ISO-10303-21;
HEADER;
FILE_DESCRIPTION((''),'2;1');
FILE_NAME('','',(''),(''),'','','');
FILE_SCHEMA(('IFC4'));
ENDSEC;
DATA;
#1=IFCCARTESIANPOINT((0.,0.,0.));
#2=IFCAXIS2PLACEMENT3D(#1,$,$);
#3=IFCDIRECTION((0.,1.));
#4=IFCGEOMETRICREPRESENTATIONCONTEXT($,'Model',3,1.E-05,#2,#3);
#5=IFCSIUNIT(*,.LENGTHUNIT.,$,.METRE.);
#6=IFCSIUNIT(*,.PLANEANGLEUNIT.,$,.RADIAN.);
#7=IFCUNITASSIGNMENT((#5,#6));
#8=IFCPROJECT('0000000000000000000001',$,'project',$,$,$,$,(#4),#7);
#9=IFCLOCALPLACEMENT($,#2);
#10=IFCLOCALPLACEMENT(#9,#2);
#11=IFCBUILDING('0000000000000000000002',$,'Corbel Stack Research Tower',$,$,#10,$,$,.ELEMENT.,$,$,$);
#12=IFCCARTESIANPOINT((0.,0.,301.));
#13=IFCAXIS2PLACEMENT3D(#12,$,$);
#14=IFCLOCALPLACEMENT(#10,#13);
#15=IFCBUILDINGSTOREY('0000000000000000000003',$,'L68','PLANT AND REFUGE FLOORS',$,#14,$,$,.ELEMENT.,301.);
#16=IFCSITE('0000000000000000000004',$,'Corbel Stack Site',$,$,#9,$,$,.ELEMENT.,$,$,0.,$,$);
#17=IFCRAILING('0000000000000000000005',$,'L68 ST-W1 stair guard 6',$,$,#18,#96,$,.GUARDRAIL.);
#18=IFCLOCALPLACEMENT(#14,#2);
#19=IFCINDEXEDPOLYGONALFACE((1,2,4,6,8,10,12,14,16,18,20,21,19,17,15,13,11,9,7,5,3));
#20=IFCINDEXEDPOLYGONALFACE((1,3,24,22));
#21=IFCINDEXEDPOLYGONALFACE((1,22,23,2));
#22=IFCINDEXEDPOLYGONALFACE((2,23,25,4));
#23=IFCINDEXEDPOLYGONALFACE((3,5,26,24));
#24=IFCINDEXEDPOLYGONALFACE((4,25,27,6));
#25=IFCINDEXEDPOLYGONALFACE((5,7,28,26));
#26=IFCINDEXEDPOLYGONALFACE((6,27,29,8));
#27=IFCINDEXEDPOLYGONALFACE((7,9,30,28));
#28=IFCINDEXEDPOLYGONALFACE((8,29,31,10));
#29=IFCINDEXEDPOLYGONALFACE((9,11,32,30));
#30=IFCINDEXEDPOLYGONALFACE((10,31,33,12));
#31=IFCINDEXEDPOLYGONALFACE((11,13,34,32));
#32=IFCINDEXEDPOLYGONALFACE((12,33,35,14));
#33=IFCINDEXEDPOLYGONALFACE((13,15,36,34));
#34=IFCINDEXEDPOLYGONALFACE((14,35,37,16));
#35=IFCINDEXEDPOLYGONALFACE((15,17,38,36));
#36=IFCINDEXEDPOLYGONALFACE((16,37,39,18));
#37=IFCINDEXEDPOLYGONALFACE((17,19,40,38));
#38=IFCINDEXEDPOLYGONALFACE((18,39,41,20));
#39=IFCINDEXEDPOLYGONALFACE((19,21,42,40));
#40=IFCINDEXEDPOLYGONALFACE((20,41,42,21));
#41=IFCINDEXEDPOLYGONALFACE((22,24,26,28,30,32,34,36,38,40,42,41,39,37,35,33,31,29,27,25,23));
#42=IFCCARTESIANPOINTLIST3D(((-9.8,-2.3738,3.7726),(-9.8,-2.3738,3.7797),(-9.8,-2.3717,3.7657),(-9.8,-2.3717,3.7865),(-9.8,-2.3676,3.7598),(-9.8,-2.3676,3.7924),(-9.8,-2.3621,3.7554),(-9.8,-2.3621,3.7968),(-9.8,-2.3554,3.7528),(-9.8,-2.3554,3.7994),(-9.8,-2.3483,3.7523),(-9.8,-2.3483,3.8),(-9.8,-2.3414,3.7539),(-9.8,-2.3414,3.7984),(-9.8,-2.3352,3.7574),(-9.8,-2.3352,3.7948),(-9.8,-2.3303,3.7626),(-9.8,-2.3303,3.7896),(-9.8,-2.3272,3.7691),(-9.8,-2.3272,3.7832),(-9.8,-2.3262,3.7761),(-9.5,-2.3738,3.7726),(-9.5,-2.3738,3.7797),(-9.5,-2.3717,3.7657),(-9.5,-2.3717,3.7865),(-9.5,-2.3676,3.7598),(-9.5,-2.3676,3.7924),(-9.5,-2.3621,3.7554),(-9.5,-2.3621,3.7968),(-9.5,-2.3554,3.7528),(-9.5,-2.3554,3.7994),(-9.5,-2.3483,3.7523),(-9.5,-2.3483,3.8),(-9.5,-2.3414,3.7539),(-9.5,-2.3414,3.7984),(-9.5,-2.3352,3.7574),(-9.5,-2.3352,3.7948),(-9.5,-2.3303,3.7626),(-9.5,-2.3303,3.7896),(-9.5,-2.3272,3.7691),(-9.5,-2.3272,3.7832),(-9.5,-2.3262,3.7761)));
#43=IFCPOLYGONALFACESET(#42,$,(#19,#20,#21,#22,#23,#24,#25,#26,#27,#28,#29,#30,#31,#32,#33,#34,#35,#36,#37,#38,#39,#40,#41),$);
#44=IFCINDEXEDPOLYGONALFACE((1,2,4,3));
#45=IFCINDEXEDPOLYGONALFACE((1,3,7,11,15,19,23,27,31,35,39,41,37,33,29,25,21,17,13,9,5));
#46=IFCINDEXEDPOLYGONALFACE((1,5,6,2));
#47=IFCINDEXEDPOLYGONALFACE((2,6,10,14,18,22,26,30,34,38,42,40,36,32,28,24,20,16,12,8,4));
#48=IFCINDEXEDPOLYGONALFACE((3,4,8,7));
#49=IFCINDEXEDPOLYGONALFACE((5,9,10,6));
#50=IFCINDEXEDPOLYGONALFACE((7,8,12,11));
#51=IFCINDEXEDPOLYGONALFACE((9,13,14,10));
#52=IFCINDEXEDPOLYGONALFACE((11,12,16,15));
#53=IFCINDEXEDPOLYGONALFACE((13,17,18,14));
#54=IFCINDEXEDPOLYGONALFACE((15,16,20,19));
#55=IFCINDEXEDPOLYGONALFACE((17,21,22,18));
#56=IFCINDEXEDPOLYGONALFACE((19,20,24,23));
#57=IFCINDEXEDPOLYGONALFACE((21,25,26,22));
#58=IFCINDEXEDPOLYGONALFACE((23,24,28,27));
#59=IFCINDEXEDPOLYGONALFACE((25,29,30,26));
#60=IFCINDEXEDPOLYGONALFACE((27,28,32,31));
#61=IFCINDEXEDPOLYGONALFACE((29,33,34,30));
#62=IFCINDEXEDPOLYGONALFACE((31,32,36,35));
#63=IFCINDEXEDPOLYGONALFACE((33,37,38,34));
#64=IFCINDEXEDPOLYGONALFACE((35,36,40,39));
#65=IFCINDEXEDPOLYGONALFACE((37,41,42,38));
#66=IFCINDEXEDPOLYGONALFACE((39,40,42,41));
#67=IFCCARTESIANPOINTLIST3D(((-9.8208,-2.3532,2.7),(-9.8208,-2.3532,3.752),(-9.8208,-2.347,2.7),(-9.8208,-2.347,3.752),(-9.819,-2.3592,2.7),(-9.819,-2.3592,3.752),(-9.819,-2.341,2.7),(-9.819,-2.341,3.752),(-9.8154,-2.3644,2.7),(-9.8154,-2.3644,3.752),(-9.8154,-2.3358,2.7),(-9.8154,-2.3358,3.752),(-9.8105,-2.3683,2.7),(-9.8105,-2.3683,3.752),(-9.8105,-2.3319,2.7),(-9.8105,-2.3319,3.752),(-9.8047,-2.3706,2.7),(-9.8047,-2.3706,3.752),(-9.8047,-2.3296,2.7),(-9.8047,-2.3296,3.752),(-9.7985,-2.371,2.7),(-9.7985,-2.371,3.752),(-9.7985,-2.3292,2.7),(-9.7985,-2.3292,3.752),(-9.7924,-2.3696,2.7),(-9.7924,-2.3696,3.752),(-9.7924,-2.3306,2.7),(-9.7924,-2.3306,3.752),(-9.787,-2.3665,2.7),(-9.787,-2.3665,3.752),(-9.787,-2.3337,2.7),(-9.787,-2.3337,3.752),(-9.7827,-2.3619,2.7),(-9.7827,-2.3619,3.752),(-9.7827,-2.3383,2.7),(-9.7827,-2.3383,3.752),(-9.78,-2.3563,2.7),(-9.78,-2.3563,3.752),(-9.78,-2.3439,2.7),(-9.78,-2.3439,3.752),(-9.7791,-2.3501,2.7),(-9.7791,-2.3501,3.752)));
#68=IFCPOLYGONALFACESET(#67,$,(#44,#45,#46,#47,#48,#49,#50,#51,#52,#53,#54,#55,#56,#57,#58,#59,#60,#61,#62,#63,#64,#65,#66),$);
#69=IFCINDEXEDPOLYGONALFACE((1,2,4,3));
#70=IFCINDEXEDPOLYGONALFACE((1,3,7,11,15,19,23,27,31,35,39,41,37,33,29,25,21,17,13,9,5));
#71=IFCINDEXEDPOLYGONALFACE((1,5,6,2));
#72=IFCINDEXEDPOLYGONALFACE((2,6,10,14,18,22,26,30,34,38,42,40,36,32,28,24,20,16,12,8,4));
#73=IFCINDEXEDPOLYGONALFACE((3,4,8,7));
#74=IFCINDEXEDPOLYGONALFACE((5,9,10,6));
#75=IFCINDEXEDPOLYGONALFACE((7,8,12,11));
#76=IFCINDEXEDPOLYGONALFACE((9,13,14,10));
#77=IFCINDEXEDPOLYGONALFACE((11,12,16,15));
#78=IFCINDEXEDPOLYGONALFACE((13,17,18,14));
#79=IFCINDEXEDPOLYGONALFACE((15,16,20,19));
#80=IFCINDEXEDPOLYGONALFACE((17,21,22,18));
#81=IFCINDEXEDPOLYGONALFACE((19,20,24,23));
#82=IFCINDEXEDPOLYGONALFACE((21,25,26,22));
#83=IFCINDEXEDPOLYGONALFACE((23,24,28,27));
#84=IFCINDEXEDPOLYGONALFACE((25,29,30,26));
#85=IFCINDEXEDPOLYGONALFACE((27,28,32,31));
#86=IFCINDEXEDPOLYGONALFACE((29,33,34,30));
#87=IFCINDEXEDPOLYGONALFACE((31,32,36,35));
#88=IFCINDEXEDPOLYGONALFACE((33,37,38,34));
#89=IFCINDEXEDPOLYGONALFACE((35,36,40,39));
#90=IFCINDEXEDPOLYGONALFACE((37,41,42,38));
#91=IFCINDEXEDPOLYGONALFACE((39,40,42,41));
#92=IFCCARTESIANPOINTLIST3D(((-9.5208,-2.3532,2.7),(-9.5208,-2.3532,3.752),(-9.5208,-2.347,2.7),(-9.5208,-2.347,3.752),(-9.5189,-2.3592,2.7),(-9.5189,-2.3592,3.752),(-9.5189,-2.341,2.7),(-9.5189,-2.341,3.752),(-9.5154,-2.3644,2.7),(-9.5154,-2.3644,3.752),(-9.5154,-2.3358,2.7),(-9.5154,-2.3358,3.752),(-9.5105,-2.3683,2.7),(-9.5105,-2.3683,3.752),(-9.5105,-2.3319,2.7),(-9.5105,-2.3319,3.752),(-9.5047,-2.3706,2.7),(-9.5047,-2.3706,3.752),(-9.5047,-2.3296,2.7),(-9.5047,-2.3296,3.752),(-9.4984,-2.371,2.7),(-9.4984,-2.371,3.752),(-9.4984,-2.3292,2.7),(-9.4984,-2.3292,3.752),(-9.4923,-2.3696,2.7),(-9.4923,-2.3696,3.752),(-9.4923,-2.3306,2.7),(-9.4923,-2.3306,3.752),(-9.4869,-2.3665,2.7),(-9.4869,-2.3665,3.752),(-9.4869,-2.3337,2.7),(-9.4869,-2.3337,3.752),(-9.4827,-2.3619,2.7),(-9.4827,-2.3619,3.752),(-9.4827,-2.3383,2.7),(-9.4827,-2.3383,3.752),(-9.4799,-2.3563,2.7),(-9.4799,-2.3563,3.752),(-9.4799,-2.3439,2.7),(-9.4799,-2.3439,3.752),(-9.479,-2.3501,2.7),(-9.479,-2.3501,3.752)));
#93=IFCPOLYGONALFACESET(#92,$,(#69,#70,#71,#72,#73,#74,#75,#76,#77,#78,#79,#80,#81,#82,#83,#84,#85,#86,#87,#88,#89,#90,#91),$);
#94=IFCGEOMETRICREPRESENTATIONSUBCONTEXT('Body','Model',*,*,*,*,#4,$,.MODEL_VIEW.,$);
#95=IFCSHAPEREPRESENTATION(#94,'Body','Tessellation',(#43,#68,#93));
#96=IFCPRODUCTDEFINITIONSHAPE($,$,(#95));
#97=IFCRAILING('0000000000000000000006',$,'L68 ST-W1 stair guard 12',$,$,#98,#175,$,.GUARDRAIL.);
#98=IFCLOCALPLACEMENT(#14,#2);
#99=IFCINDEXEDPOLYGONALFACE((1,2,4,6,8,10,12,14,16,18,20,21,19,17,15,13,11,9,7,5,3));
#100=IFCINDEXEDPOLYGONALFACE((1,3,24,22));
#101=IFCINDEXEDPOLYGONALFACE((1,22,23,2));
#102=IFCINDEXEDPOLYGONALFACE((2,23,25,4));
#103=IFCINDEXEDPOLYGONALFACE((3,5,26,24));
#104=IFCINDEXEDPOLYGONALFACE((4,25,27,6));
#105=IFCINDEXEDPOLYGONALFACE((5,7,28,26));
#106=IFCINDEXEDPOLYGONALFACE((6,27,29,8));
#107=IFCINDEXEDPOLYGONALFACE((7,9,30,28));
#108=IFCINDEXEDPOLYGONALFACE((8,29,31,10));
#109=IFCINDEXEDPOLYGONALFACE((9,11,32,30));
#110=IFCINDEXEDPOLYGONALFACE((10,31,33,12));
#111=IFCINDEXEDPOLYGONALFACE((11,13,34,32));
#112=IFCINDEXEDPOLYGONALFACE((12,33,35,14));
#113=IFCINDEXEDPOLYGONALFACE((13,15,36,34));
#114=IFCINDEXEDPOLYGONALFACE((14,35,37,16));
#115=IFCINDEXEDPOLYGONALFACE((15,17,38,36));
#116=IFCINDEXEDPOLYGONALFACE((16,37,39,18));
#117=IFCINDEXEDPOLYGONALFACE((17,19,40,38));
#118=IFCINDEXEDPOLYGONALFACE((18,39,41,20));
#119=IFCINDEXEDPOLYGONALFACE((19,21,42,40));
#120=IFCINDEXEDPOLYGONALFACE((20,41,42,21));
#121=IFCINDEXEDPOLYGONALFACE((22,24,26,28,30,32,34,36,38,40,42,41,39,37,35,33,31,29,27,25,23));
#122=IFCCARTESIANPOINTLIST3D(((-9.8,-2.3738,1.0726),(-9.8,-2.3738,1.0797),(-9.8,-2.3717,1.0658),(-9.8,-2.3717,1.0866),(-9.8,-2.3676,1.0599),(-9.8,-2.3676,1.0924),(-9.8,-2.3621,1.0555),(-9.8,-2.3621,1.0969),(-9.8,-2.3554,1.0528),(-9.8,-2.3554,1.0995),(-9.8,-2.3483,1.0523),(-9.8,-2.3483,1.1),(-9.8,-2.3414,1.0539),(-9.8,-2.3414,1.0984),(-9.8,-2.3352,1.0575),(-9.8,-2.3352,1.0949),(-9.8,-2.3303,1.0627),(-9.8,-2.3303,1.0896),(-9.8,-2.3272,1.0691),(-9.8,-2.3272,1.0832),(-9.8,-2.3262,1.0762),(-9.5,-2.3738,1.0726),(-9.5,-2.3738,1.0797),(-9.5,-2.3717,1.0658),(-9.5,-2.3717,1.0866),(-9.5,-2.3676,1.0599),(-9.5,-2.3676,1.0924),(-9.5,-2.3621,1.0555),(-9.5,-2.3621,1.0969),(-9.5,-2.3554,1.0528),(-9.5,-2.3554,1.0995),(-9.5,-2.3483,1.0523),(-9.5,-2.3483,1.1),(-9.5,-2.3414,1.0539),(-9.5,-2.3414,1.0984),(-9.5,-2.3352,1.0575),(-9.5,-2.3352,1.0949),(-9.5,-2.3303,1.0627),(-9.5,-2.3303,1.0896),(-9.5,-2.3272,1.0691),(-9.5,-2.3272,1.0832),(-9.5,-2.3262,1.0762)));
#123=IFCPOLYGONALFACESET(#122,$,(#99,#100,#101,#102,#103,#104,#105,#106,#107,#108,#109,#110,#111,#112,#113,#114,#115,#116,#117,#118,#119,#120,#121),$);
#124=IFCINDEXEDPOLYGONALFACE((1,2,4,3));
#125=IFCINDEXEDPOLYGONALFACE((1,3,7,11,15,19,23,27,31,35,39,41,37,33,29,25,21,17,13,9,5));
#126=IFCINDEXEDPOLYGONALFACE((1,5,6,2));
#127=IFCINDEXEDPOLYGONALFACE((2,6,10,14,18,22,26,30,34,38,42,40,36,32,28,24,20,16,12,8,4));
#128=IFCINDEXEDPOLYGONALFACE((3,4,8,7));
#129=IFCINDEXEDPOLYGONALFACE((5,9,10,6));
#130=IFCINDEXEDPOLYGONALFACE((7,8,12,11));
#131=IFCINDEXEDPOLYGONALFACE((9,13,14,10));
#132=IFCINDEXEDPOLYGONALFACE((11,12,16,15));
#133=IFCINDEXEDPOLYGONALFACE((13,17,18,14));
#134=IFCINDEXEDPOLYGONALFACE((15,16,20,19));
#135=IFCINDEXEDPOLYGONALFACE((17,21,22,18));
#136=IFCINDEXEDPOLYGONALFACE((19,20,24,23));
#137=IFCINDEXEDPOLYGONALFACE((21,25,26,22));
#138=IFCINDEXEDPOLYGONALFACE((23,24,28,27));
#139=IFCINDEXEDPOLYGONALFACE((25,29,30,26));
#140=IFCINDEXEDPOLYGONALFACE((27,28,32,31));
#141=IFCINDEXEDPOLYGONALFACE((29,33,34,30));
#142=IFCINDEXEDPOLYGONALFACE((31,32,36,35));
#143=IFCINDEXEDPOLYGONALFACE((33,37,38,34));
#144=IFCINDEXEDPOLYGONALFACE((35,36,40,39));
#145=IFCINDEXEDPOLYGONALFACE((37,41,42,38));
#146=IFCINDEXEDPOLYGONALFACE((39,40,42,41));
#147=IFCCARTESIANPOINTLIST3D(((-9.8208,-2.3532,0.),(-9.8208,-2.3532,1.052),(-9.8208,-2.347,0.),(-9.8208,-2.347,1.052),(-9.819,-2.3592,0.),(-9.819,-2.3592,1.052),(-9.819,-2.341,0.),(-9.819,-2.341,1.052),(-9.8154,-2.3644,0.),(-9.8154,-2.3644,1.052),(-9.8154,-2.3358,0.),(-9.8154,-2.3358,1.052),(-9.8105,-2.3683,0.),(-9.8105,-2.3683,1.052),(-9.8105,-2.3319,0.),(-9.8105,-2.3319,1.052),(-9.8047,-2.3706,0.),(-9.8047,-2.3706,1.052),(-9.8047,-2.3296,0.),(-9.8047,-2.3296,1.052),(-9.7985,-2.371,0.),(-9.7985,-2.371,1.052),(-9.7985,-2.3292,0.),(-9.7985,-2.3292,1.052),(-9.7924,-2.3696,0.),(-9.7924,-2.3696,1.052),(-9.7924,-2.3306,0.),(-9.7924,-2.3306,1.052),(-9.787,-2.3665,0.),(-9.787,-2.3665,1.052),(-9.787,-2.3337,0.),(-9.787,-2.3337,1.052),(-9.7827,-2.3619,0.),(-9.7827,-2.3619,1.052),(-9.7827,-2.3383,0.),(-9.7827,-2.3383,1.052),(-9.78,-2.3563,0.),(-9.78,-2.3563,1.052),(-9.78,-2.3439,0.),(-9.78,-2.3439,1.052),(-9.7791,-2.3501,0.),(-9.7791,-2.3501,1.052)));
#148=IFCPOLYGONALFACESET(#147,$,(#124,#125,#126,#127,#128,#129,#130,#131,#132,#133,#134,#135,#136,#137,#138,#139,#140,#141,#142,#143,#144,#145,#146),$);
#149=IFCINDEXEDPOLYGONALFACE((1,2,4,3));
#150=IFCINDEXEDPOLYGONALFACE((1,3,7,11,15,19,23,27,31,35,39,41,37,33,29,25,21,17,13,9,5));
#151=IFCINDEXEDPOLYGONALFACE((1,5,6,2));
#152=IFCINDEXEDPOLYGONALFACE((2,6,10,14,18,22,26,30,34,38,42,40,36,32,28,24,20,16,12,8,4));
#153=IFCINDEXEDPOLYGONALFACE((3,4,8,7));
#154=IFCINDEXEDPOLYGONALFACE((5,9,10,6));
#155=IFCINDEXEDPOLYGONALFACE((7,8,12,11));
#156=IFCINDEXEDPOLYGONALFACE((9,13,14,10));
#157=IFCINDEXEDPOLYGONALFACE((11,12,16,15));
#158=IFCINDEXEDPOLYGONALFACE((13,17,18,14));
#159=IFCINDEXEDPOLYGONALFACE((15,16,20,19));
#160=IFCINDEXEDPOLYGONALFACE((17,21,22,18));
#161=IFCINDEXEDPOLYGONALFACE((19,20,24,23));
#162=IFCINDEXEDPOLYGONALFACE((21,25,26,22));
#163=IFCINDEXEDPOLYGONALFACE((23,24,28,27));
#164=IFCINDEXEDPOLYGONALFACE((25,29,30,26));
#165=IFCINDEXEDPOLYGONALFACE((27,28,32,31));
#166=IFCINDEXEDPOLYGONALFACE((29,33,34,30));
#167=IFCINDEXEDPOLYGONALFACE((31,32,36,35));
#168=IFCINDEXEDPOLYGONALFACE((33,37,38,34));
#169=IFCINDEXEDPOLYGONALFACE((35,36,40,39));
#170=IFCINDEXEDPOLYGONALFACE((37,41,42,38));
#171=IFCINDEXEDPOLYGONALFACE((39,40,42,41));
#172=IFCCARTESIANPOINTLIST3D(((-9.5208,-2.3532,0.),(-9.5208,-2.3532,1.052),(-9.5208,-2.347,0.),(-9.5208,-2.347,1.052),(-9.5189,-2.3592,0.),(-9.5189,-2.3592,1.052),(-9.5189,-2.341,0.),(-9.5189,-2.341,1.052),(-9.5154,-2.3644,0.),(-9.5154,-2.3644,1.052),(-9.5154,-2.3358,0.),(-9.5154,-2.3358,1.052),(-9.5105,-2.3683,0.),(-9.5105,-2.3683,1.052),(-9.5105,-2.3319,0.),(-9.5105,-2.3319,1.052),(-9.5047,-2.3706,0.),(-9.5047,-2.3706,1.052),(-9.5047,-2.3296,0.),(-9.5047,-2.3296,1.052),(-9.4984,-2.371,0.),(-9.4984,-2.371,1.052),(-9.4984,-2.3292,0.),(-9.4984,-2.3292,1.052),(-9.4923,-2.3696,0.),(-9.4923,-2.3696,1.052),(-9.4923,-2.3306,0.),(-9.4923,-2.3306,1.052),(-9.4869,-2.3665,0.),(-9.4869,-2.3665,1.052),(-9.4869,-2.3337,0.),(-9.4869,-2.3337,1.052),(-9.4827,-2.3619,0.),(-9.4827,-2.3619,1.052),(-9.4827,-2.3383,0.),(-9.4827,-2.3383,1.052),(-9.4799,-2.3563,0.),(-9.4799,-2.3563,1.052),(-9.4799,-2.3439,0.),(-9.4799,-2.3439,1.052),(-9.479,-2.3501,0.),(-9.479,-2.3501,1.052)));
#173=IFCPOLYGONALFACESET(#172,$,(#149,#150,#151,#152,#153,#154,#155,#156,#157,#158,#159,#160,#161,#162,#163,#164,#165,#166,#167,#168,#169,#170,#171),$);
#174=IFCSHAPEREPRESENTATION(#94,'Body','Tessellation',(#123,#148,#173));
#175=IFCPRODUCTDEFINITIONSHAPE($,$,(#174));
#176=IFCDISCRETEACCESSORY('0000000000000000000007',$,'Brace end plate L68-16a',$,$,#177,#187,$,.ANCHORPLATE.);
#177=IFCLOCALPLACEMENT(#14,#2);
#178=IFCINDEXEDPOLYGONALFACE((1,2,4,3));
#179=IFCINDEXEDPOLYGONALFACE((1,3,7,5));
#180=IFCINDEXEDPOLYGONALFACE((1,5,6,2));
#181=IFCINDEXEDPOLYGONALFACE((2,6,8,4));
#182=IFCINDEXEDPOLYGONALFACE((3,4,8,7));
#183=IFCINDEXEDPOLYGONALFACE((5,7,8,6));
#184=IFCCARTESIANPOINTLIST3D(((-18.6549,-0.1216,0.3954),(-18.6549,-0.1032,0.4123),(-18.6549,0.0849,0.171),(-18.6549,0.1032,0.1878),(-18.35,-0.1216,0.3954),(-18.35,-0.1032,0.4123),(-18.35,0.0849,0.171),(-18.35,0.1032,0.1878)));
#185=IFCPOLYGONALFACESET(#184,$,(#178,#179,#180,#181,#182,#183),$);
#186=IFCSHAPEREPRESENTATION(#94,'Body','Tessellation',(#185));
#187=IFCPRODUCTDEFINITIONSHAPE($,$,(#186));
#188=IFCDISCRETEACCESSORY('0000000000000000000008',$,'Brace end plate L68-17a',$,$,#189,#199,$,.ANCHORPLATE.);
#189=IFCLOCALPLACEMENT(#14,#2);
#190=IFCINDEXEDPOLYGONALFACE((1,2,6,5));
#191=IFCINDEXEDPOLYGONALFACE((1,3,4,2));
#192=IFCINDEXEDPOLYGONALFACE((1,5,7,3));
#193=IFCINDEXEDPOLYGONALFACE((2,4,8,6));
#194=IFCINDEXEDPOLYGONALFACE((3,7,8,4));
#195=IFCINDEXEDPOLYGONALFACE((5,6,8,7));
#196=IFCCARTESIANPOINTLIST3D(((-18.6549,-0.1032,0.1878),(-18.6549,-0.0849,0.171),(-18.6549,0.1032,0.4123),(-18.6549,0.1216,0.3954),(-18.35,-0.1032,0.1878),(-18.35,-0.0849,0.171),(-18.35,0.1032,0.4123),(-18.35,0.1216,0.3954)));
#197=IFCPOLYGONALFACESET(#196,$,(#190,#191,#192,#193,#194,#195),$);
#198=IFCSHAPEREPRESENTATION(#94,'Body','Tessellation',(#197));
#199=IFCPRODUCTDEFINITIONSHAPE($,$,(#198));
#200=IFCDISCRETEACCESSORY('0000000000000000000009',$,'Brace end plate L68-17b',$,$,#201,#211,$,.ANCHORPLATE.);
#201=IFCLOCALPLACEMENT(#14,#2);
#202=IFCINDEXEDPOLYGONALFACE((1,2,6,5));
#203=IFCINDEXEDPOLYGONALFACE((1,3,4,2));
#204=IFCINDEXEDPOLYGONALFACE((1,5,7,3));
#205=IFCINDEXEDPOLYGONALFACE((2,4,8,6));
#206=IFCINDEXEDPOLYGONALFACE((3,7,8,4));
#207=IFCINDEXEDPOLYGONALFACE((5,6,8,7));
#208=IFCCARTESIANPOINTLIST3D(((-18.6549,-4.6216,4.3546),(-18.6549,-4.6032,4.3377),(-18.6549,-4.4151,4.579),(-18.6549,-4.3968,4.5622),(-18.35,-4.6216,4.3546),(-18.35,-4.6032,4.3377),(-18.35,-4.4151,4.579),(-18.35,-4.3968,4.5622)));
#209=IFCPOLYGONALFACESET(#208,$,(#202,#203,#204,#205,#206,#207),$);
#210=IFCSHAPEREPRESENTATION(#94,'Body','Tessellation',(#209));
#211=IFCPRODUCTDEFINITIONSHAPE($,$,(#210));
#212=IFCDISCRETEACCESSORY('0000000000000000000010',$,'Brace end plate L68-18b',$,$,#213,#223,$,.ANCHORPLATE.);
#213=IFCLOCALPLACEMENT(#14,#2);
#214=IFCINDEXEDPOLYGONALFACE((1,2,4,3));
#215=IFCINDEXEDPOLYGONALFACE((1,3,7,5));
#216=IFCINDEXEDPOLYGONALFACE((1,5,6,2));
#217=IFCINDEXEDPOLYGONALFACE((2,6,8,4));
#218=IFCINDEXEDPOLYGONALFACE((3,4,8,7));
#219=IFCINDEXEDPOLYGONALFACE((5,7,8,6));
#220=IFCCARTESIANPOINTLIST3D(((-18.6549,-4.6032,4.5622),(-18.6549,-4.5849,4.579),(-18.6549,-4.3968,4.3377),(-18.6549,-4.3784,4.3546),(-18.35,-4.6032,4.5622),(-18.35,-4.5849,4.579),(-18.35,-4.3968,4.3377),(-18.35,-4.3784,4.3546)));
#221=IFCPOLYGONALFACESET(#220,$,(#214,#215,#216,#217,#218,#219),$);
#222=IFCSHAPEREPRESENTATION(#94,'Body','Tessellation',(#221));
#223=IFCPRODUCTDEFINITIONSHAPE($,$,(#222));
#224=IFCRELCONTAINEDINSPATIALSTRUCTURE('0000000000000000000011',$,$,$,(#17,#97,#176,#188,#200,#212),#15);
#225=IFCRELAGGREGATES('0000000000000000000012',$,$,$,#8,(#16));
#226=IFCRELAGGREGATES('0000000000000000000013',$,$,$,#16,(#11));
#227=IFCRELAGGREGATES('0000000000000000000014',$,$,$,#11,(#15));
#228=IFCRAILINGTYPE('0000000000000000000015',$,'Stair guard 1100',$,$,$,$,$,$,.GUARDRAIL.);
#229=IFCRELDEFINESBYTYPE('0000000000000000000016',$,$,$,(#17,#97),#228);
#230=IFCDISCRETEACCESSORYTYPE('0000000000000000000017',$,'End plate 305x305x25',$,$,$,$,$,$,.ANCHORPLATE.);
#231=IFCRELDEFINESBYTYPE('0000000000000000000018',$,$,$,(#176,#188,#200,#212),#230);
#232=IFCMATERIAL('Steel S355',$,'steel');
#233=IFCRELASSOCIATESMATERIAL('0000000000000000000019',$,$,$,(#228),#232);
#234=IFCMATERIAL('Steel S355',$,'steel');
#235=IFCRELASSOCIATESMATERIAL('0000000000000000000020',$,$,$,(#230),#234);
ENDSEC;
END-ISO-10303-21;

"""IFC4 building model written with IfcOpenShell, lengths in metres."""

from ifc_helpers import new_model, si_unit, direction, frame, origin, origin_2d, place, context, subcontext, project, spatial, rectangle, circle, extrude, material, material_profile, profile_set, type_object, element, save


model = new_model("IFC4")

# Units and contexts
model_context = context("Model", 3, precision=1e-05, world=origin(), true_north=direction((0.0, 1.0)))
body_context = subcontext(model_context, "Body", "Model", "MODEL_VIEW")
ifc_project = project(units=[si_unit("LENGTHUNIT", "METRE"), si_unit("PLANEANGLEUNIT", "RADIAN")], contexts=[model_context])

# Site, building, storey
site_placement = place(None, origin())
site = spatial("IfcSite", under=ifc_project, at=site_placement, Name="Corbel Stack Site", CompositionType="ELEMENT", RefElevation=0.0)
building_placement = place(site_placement, origin())
building = spatial("IfcBuilding", under=site, at=building_placement, Name="Corbel Stack Research Tower", CompositionType="ELEMENT")
storey_placement = place(building_placement, frame((0.0, 0.0, 301.0)))
storey = spatial("IfcBuildingStorey", under=building, at=storey_placement, Name="L68", Description="PLANT AND REFUGE FLOORS", CompositionType="ELEMENT", Elevation=301.0)

# Railings
ifc_material_1 = material(Name="Steel S355", Category="steel")
railing_type = type_object("IfcRailingType", Name="Stair guard 1100", PredefinedType="GUARDRAIL", material=ifc_material_1)
for number, where, name in (
    (1, (-9.8, -2.3501, 2.7), "L68 ST-W1 stair guard 6"),
    (2, (-9.8, -2.3501, 0.0), "L68 ST-W1 stair guard 12"),
):
    element("IfcRailing", number, at=place(storey_placement, frame(where)), inside=storey, type_object=railing_type, Name=name, PredefinedType="GUARDRAIL", context=body_context, shape_type="SweptSolid", body=[
        extrude(circle(Radius=0.0239, at=origin_2d()), frame((0.0, 0.0, 1.0762), z_axis=(1.0, 0.0, 0.0), x_axis=(0.0, 1.0, 0.0)), (0.0, 0.0, 1.0), 0.3),
        extrude(circle(Radius=0.021, at=origin_2d()), origin(), (0.0, 0.0, 1.0), 1.052),
        extrude(circle(Radius=0.021, at=origin_2d()), frame((0.3, 0.0, 0.0)), (0.0, 0.0, 1.0), 1.052),
    ])

# Discrete accessories
ifc_material_2 = material(Name="Steel S355", Category="steel")
ifc_material_profile_1 = material_profile(ifc_material_2, rectangle(XDim=0.3049, YDim=0.3049, at=origin_2d()), Name="End plate 305x305x25")
ifc_profile_set_1 = profile_set([ifc_material_profile_1], Name="Steel S355")
discrete_accessory_type = type_object("IfcDiscreteAccessoryType", Name="End plate 305x305x25", PredefinedType="ANCHORPLATE", material=ifc_profile_set_1)
for number, where, z_axis, x_axis, name in (
    (3, (-18.5024, 0.0, 0.3), (0.0, -0.735931, -0.677057), (1.0, 0.0, 0.0), "Brace end plate L68-16a"),
    (4, (-18.5024, 0.0, 0.3), (0.0, 0.735931, -0.677057), (-1.0, 0.0, 0.0), "Brace end plate L68-17a"),
    (5, (-18.5024, -4.5, 4.45), (0.0, -0.735931, 0.677057), (1.0, 0.0, 0.0), "Brace end plate L68-17b"),
    (6, (-18.5024, -4.5, 4.45), (0.0, 0.735931, 0.677057), (-1.0, 0.0, 0.0), "Brace end plate L68-18b"),
):
    element("IfcDiscreteAccessory", number, at=place(storey_placement, frame(where, z_axis=z_axis, x_axis=x_axis)), inside=storey, type_object=discrete_accessory_type, Name=name, PredefinedType="ANCHORPLATE", context=body_context, shape_type="SweptSolid", body=[
        extrude(rectangle(XDim=0.3049, YDim=0.3049, at=origin_2d()), origin(), (0.0, 0.0, 1.0), 0.0249),
    ])

save(model, "model.ifc")
